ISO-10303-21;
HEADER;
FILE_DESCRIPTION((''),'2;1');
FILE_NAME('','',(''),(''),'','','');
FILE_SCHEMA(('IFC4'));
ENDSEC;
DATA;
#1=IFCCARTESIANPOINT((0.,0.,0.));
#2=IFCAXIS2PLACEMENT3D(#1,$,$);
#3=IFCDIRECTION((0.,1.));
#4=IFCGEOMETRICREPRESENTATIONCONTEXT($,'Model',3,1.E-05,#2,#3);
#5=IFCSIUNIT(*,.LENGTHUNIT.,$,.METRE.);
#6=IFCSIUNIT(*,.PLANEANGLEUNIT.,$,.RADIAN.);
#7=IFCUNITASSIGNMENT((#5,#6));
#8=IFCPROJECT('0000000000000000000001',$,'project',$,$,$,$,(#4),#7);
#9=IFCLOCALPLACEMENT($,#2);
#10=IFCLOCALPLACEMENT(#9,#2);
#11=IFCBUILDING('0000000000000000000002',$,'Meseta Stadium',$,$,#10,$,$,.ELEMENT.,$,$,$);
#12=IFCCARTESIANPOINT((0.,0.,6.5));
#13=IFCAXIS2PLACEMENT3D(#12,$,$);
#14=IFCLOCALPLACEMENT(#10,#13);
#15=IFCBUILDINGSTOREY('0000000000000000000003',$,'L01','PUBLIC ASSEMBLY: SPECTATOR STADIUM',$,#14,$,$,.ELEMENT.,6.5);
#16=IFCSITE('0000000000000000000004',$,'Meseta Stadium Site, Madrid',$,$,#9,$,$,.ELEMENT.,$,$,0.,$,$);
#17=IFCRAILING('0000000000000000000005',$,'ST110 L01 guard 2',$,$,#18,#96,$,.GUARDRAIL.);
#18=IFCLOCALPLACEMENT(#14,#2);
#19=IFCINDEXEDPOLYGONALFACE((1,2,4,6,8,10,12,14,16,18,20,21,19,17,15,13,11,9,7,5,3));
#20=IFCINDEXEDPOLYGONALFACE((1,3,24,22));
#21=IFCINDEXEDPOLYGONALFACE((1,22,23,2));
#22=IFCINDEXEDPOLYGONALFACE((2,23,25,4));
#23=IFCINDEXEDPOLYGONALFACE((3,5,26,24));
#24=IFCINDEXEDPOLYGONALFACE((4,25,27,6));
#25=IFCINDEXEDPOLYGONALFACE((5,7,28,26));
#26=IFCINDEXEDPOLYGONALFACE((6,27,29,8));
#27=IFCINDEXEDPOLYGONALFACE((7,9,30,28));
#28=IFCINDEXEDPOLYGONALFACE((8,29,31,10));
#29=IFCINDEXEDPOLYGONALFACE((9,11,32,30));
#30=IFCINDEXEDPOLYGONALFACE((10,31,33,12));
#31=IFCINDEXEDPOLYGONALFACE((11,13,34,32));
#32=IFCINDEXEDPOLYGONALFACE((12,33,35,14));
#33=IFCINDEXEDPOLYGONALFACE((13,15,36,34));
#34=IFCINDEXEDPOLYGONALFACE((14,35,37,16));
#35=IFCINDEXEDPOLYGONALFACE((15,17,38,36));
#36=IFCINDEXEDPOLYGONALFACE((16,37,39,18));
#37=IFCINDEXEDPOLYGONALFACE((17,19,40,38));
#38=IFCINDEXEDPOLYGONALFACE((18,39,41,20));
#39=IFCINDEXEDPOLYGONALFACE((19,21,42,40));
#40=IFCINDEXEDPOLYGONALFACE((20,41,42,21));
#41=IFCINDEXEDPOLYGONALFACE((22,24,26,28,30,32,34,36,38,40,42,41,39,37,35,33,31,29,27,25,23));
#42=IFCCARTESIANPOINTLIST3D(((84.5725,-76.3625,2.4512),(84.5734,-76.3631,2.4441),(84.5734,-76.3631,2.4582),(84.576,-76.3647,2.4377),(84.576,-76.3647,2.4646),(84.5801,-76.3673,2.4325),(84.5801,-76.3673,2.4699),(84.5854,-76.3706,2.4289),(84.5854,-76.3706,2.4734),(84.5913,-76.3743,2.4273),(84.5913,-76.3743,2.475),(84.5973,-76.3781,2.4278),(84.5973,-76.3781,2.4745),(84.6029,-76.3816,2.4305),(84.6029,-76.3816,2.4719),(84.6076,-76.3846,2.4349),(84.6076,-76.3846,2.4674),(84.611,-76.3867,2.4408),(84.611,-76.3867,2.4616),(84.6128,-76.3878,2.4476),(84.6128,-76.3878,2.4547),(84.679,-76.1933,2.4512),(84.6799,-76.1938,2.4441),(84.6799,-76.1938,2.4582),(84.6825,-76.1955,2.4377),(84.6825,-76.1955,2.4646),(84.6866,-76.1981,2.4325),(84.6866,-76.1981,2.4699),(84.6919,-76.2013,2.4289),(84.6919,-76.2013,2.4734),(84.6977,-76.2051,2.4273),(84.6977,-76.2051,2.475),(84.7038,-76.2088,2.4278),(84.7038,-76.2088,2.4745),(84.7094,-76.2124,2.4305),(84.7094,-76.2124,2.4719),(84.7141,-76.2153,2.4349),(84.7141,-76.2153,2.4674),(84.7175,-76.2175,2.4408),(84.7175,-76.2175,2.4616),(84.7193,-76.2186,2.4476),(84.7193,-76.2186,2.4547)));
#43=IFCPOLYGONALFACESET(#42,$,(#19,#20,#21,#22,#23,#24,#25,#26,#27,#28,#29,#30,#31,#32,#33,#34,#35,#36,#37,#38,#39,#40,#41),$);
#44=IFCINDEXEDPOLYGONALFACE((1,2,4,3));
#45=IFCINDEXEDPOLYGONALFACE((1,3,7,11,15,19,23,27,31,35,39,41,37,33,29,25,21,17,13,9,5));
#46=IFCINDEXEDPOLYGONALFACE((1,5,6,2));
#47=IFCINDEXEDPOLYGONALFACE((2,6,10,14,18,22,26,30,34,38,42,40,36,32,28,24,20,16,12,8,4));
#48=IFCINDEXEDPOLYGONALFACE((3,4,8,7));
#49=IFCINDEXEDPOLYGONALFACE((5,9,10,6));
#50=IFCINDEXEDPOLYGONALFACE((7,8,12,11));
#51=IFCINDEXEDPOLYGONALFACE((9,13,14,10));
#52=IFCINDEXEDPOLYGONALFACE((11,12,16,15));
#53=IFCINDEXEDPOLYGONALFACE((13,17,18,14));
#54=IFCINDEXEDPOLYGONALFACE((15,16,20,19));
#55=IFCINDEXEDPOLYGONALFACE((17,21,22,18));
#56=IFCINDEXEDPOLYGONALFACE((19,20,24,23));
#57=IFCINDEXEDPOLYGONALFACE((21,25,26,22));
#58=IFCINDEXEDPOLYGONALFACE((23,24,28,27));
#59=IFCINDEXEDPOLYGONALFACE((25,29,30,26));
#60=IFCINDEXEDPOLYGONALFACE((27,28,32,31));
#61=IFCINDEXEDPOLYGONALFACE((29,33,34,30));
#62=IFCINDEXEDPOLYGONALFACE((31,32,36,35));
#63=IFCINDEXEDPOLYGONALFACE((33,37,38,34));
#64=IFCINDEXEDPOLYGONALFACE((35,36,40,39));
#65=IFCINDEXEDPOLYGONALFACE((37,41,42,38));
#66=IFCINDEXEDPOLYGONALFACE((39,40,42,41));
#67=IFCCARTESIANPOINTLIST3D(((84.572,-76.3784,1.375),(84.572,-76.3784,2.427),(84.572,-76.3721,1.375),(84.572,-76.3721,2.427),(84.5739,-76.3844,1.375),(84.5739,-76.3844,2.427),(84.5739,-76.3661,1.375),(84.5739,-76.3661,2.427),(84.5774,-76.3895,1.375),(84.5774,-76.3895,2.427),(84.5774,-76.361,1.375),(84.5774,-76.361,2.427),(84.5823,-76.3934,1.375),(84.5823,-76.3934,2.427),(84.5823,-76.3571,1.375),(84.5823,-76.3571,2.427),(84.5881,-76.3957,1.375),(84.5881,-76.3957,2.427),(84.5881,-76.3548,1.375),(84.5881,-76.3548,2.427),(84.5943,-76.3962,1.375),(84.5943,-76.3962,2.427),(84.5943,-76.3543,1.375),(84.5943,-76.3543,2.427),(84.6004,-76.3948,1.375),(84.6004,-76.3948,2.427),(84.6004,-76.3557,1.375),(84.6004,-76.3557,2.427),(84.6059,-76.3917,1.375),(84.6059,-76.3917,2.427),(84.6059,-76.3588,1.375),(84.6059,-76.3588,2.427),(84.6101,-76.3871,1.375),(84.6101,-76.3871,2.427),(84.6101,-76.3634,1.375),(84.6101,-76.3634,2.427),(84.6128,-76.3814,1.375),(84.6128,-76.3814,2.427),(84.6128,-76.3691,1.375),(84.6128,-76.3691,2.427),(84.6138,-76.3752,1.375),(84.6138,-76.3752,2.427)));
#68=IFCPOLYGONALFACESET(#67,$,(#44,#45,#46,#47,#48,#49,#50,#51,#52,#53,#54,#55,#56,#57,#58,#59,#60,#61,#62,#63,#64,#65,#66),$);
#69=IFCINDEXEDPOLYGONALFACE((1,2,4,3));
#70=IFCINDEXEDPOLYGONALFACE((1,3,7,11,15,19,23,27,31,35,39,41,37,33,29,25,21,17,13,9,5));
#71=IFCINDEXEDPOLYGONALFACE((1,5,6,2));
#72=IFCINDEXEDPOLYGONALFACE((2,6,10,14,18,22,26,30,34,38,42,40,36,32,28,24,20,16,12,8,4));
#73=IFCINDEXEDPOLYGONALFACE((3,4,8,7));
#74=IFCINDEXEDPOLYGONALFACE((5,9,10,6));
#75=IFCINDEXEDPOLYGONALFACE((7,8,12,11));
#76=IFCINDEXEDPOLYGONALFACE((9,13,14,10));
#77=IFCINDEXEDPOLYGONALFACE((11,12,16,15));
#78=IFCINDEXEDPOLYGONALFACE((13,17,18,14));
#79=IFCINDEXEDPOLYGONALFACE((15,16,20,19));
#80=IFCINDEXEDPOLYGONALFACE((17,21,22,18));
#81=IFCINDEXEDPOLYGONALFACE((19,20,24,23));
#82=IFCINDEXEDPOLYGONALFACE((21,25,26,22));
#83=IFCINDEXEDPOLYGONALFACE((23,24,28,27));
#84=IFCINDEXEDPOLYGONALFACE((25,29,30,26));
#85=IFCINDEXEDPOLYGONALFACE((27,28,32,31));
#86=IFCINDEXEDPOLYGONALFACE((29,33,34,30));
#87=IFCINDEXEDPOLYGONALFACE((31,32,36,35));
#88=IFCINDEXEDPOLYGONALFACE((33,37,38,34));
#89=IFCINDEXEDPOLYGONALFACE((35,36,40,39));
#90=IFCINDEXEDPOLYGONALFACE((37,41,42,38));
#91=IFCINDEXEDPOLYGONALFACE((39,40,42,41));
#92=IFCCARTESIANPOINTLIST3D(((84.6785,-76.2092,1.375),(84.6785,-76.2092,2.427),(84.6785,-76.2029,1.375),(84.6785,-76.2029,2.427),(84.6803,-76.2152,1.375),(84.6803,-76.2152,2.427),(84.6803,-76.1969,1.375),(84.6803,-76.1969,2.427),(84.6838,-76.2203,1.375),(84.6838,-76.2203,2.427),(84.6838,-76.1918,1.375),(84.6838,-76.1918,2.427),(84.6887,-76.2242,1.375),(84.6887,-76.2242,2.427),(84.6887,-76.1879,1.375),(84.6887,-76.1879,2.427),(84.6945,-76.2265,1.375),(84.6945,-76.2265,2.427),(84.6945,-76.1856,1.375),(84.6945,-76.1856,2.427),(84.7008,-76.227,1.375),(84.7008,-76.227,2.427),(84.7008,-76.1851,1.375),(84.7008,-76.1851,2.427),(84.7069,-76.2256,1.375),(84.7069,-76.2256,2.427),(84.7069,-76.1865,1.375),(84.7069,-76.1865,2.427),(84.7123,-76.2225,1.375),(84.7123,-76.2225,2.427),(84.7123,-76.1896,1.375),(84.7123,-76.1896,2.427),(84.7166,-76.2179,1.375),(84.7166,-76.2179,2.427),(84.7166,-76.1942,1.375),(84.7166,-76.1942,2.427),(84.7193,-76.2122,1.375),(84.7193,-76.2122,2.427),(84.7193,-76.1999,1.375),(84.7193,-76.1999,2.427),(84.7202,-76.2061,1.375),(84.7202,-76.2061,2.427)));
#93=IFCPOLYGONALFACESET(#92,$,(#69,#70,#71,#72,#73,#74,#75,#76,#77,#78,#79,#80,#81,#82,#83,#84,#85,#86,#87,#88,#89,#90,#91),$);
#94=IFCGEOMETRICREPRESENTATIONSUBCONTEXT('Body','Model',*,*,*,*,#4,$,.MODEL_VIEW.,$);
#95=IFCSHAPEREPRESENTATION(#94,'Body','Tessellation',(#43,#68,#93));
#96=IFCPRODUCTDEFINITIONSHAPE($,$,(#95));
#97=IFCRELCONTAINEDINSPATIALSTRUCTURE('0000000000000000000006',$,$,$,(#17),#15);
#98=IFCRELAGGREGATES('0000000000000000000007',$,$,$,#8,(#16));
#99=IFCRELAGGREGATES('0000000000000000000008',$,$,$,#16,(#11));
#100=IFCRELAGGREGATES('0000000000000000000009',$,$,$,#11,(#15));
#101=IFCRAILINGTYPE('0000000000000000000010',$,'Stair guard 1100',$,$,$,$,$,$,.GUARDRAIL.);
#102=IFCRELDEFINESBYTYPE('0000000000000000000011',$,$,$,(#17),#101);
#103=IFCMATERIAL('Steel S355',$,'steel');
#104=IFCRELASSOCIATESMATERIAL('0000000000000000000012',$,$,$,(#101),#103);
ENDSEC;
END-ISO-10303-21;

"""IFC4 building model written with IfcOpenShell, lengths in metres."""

from ifc_helpers import new_model, si_unit, direction, frame, origin, origin_2d, place, context, subcontext, project, spatial, circle, extrude, material, type_object, element, save


model = new_model("IFC4")

# Units and contexts
model_context = context("Model", 3, precision=1e-05, world=origin(), true_north=direction((0.0, 1.0)))
body_context = subcontext(model_context, "Body", "Model", "MODEL_VIEW")
ifc_project = project(units=[si_unit("LENGTHUNIT", "METRE"), si_unit("PLANEANGLEUNIT", "RADIAN")], contexts=[model_context])

# Site, building, storey
site_placement = place(None, origin())
site = spatial("IfcSite", under=ifc_project, at=site_placement, Name="Meseta Stadium Site, Madrid", CompositionType="ELEMENT", RefElevation=0.0)
building_placement = place(site_placement, origin())
building = spatial("IfcBuilding", under=site, at=building_placement, Name="Meseta Stadium", CompositionType="ELEMENT")
storey_placement = place(building_placement, frame((0.0, 0.0, 6.5)))
storey = spatial("IfcBuildingStorey", under=building, at=storey_placement, Name="L01", Description="PUBLIC ASSEMBLY: SPECTATOR STADIUM", CompositionType="ELEMENT", Elevation=6.5)

# Railing
ifc_material_1 = material(Name="Steel S355", Category="steel")
railing_type_1 = type_object("IfcRailingType", Name="Stair guard 1100", PredefinedType="GUARDRAIL", material=ifc_material_1)
railing_1_placement = place(storey_placement, frame((84.5928, -76.3752, 1.375)))
element("IfcRailing", 1, at=railing_1_placement, inside=storey, type_object=railing_type_1, Name="ST110 L01 guard 2", PredefinedType="GUARDRAIL", context=body_context, shape_type="SweptSolid", body=[
    extrude(circle(Radius=0.0239, at=origin_2d()), frame((0.0, 0.0, 1.0762), z_axis=(0.532522, 0.846416, 0.0), x_axis=(-0.846416, 0.532522, 0.0)), (0.0, 0.0, 1.0), 0.2),
    extrude(circle(Radius=0.021, at=origin_2d()), origin(), (0.0, 0.0, 1.0), 1.052),
    extrude(circle(Radius=0.021, at=origin_2d()), frame((0.1064, 0.1692, 0.0)), (0.0, 0.0, 1.0), 1.052),
])

save(model, "model.ifc")
